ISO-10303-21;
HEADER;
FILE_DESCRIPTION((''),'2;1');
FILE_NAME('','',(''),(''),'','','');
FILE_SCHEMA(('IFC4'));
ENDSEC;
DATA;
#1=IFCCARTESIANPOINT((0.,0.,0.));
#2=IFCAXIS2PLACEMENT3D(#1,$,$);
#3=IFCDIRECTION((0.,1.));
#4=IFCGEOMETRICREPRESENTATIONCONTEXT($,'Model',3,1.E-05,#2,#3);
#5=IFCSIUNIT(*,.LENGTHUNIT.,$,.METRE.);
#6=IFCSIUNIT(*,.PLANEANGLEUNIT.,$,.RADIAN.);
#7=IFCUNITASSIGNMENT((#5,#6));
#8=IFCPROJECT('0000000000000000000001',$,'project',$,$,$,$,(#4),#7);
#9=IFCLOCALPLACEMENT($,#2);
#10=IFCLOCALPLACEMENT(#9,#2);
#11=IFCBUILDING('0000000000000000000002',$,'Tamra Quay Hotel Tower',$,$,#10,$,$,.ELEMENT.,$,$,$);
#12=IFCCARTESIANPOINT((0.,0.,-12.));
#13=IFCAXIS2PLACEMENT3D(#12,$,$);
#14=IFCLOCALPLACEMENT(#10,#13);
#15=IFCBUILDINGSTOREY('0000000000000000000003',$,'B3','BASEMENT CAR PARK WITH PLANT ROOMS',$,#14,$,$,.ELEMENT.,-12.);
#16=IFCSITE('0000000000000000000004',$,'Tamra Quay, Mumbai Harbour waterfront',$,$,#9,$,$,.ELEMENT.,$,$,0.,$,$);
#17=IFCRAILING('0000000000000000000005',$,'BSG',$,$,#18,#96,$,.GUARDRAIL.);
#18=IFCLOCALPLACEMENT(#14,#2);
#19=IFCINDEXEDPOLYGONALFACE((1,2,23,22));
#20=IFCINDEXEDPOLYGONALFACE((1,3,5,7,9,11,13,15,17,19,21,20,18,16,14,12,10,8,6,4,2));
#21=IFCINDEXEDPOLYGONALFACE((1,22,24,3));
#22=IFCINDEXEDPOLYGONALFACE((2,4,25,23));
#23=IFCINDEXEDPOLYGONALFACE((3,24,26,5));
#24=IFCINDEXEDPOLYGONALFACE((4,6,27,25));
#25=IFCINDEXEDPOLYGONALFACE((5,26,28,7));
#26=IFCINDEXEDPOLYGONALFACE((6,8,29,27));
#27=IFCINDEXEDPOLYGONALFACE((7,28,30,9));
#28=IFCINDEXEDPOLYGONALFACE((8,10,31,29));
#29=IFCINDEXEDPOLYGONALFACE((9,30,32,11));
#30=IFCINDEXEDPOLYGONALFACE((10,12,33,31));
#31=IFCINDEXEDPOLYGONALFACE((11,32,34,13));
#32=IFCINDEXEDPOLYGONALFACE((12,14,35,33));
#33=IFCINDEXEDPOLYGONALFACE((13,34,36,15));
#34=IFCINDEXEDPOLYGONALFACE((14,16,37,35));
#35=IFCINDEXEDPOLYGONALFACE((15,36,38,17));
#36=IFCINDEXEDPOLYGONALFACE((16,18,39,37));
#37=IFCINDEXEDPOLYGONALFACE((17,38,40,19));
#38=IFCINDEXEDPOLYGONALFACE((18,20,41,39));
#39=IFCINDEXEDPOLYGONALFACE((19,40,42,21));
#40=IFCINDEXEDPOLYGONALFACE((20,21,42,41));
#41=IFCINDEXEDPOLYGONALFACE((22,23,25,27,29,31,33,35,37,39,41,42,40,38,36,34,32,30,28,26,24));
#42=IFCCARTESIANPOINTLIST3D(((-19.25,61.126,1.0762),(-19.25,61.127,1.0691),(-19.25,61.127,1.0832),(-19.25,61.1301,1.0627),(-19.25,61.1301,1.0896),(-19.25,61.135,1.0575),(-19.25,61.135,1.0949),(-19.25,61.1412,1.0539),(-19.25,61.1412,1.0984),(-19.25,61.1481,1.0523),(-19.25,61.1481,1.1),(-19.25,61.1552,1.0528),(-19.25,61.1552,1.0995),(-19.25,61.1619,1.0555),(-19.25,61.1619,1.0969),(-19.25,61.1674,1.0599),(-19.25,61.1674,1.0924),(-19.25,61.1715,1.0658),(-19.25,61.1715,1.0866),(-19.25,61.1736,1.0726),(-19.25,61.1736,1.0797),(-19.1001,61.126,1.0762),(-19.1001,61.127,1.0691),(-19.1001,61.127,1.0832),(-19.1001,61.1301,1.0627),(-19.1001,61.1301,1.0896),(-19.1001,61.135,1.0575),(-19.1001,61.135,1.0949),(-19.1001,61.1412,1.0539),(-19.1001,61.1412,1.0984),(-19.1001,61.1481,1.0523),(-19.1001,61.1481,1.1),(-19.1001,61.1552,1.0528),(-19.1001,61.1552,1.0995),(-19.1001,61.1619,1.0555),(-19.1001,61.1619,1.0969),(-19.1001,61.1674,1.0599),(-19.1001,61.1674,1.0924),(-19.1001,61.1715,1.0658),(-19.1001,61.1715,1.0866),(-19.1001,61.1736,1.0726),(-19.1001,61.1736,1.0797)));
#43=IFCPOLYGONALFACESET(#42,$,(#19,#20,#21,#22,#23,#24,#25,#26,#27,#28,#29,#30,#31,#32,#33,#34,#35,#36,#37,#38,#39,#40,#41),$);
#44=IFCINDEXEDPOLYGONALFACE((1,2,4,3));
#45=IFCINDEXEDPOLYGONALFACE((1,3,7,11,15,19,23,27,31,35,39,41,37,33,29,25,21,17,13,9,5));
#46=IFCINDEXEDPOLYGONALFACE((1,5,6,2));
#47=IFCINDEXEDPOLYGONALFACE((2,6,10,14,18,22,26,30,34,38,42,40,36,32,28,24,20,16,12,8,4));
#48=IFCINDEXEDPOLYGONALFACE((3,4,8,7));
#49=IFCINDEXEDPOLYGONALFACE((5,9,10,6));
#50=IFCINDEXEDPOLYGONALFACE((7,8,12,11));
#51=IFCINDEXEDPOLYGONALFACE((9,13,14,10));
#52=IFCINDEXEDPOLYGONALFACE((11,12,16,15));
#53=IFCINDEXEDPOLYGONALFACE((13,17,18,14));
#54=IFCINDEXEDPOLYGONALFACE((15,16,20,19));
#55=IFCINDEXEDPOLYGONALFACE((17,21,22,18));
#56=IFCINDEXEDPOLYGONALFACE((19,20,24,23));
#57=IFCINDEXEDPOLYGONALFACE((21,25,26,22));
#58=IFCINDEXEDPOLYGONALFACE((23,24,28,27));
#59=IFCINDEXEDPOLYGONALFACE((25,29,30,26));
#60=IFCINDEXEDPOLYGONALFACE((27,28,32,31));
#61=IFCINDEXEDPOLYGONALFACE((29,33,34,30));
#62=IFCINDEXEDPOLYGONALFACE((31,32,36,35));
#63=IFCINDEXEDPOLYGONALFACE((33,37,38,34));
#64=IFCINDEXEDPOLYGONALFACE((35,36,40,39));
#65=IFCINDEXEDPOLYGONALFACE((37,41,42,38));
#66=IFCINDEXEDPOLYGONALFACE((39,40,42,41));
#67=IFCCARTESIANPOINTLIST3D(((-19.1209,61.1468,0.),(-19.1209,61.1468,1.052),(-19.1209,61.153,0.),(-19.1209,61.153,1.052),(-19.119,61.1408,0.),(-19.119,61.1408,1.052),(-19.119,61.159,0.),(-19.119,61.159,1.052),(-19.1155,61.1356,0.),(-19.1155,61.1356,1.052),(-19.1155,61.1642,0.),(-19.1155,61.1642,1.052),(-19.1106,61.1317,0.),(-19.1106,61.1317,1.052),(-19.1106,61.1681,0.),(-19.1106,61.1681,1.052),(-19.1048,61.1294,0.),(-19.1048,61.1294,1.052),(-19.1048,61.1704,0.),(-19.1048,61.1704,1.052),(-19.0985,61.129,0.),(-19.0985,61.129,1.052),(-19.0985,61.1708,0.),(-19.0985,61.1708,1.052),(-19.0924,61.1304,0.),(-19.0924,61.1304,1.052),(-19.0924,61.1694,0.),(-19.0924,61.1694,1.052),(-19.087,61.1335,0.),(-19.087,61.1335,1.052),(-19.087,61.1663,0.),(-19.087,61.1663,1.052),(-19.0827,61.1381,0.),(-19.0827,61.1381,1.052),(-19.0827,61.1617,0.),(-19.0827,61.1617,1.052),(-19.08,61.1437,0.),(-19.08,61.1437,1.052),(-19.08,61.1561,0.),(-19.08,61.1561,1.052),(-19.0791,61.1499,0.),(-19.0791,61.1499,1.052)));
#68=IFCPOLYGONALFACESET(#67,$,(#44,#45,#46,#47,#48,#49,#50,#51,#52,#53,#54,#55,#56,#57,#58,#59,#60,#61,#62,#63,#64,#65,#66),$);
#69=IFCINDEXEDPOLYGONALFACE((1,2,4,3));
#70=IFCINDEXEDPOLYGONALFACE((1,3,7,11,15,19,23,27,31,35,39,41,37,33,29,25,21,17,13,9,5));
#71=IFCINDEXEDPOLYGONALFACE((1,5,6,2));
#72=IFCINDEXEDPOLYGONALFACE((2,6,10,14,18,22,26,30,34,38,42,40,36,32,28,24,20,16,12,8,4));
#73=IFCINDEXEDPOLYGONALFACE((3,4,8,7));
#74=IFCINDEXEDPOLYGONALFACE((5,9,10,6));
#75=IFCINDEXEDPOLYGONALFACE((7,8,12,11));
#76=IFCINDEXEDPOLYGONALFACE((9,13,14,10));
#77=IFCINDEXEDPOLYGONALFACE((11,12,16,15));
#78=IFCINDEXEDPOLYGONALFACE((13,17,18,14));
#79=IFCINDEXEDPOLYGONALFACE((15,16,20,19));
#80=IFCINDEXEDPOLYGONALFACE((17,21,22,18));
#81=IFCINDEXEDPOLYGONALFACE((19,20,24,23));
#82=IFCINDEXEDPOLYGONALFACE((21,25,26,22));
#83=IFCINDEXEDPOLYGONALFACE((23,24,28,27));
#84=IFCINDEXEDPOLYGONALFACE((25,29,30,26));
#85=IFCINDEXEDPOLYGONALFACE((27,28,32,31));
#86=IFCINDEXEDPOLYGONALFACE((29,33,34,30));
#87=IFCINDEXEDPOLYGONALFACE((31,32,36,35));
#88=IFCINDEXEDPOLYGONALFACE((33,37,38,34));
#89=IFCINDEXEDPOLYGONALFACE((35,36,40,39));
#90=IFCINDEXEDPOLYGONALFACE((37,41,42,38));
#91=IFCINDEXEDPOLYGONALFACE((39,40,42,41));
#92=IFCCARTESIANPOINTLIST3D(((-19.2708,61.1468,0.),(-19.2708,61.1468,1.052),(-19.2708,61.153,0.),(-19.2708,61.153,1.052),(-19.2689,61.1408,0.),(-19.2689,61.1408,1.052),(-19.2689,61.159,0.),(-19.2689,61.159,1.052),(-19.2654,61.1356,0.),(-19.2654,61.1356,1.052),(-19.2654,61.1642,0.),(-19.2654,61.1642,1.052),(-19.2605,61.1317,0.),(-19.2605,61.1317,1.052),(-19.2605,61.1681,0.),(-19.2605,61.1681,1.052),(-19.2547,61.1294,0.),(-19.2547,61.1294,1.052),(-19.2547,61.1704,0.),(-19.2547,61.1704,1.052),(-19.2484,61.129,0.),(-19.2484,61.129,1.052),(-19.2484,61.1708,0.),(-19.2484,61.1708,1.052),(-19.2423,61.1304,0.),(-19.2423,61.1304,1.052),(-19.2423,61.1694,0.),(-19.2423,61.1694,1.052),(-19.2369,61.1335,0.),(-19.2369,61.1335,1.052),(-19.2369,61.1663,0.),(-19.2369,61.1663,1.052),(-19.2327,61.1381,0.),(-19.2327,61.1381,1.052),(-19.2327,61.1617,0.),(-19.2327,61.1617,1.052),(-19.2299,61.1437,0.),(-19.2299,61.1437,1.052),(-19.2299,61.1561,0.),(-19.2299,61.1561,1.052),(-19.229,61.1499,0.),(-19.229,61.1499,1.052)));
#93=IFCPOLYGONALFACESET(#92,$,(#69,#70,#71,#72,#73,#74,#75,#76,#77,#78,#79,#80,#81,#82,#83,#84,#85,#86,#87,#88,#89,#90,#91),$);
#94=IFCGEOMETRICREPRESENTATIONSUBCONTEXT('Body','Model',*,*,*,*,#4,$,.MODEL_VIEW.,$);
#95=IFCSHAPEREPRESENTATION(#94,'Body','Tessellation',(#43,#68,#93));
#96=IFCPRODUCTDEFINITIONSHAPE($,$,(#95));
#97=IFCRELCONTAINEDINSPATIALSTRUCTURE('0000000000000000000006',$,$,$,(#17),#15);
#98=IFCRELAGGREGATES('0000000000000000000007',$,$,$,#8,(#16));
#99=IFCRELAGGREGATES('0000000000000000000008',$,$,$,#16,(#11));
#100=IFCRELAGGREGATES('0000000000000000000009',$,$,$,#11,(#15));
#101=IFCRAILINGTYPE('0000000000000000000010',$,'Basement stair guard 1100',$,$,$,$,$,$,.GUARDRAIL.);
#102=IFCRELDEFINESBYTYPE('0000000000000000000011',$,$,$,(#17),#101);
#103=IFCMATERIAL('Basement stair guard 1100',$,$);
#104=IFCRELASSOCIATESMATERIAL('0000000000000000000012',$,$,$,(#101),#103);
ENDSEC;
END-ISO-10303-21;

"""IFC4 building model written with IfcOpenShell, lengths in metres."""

from ifc_helpers import new_model, si_unit, direction, frame, origin, origin_2d, place, context, subcontext, project, spatial, circle, extrude, material, type_object, element, save


model = new_model("IFC4")

# Units and contexts
model_context = context("Model", 3, precision=1e-05, world=origin(), true_north=direction((0.0, 1.0)))
body_context = subcontext(model_context, "Body", "Model", "MODEL_VIEW")
ifc_project = project(units=[si_unit("LENGTHUNIT", "METRE"), si_unit("PLANEANGLEUNIT", "RADIAN")], contexts=[model_context])

# Site, building, storey
site_placement = place(None, origin())
site = spatial("IfcSite", under=ifc_project, at=site_placement, Name="Tamra Quay, Mumbai Harbour waterfront", CompositionType="ELEMENT", RefElevation=0.0)
building_placement = place(site_placement, origin())
building = spatial("IfcBuilding", under=site, at=building_placement, Name="Tamra Quay Hotel Tower", CompositionType="ELEMENT")
storey_placement = place(building_placement, frame((0.0, 0.0, -12.0)))
storey = spatial("IfcBuildingStorey", under=building, at=storey_placement, Name="B3", Description="BASEMENT CAR PARK WITH PLANT ROOMS", CompositionType="ELEMENT", Elevation=-12.0)

# Railing
ifc_material_1 = material(Name="Basement stair guard 1100")
railing_type_1 = type_object("IfcRailingType", Name="Basement stair guard 1100", PredefinedType="GUARDRAIL", material=ifc_material_1)
railing_1_placement = place(storey_placement, frame((-19.1001, 61.1499, 0.0)))
element("IfcRailing", 1, at=railing_1_placement, inside=storey, type_object=railing_type_1, Name="BSG", PredefinedType="GUARDRAIL", context=body_context, shape_type="SweptSolid", body=[
    extrude(circle(Radius=0.0239, at=origin_2d()), frame((0.0, 0.0, 1.0762), z_axis=(-1.0, 0.0, 0.0), x_axis=(0.0, -1.0, 0.0)), (0.0, 0.0, 1.0), 0.1499),
    extrude(circle(Radius=0.021, at=origin_2d()), origin(), (0.0, 0.0, 1.0), 1.052),
    extrude(circle(Radius=0.021, at=origin_2d()), frame((-0.1499, 0.0, 0.0)), (0.0, 0.0, 1.0), 1.052),
])

save(model, "model.ifc")
